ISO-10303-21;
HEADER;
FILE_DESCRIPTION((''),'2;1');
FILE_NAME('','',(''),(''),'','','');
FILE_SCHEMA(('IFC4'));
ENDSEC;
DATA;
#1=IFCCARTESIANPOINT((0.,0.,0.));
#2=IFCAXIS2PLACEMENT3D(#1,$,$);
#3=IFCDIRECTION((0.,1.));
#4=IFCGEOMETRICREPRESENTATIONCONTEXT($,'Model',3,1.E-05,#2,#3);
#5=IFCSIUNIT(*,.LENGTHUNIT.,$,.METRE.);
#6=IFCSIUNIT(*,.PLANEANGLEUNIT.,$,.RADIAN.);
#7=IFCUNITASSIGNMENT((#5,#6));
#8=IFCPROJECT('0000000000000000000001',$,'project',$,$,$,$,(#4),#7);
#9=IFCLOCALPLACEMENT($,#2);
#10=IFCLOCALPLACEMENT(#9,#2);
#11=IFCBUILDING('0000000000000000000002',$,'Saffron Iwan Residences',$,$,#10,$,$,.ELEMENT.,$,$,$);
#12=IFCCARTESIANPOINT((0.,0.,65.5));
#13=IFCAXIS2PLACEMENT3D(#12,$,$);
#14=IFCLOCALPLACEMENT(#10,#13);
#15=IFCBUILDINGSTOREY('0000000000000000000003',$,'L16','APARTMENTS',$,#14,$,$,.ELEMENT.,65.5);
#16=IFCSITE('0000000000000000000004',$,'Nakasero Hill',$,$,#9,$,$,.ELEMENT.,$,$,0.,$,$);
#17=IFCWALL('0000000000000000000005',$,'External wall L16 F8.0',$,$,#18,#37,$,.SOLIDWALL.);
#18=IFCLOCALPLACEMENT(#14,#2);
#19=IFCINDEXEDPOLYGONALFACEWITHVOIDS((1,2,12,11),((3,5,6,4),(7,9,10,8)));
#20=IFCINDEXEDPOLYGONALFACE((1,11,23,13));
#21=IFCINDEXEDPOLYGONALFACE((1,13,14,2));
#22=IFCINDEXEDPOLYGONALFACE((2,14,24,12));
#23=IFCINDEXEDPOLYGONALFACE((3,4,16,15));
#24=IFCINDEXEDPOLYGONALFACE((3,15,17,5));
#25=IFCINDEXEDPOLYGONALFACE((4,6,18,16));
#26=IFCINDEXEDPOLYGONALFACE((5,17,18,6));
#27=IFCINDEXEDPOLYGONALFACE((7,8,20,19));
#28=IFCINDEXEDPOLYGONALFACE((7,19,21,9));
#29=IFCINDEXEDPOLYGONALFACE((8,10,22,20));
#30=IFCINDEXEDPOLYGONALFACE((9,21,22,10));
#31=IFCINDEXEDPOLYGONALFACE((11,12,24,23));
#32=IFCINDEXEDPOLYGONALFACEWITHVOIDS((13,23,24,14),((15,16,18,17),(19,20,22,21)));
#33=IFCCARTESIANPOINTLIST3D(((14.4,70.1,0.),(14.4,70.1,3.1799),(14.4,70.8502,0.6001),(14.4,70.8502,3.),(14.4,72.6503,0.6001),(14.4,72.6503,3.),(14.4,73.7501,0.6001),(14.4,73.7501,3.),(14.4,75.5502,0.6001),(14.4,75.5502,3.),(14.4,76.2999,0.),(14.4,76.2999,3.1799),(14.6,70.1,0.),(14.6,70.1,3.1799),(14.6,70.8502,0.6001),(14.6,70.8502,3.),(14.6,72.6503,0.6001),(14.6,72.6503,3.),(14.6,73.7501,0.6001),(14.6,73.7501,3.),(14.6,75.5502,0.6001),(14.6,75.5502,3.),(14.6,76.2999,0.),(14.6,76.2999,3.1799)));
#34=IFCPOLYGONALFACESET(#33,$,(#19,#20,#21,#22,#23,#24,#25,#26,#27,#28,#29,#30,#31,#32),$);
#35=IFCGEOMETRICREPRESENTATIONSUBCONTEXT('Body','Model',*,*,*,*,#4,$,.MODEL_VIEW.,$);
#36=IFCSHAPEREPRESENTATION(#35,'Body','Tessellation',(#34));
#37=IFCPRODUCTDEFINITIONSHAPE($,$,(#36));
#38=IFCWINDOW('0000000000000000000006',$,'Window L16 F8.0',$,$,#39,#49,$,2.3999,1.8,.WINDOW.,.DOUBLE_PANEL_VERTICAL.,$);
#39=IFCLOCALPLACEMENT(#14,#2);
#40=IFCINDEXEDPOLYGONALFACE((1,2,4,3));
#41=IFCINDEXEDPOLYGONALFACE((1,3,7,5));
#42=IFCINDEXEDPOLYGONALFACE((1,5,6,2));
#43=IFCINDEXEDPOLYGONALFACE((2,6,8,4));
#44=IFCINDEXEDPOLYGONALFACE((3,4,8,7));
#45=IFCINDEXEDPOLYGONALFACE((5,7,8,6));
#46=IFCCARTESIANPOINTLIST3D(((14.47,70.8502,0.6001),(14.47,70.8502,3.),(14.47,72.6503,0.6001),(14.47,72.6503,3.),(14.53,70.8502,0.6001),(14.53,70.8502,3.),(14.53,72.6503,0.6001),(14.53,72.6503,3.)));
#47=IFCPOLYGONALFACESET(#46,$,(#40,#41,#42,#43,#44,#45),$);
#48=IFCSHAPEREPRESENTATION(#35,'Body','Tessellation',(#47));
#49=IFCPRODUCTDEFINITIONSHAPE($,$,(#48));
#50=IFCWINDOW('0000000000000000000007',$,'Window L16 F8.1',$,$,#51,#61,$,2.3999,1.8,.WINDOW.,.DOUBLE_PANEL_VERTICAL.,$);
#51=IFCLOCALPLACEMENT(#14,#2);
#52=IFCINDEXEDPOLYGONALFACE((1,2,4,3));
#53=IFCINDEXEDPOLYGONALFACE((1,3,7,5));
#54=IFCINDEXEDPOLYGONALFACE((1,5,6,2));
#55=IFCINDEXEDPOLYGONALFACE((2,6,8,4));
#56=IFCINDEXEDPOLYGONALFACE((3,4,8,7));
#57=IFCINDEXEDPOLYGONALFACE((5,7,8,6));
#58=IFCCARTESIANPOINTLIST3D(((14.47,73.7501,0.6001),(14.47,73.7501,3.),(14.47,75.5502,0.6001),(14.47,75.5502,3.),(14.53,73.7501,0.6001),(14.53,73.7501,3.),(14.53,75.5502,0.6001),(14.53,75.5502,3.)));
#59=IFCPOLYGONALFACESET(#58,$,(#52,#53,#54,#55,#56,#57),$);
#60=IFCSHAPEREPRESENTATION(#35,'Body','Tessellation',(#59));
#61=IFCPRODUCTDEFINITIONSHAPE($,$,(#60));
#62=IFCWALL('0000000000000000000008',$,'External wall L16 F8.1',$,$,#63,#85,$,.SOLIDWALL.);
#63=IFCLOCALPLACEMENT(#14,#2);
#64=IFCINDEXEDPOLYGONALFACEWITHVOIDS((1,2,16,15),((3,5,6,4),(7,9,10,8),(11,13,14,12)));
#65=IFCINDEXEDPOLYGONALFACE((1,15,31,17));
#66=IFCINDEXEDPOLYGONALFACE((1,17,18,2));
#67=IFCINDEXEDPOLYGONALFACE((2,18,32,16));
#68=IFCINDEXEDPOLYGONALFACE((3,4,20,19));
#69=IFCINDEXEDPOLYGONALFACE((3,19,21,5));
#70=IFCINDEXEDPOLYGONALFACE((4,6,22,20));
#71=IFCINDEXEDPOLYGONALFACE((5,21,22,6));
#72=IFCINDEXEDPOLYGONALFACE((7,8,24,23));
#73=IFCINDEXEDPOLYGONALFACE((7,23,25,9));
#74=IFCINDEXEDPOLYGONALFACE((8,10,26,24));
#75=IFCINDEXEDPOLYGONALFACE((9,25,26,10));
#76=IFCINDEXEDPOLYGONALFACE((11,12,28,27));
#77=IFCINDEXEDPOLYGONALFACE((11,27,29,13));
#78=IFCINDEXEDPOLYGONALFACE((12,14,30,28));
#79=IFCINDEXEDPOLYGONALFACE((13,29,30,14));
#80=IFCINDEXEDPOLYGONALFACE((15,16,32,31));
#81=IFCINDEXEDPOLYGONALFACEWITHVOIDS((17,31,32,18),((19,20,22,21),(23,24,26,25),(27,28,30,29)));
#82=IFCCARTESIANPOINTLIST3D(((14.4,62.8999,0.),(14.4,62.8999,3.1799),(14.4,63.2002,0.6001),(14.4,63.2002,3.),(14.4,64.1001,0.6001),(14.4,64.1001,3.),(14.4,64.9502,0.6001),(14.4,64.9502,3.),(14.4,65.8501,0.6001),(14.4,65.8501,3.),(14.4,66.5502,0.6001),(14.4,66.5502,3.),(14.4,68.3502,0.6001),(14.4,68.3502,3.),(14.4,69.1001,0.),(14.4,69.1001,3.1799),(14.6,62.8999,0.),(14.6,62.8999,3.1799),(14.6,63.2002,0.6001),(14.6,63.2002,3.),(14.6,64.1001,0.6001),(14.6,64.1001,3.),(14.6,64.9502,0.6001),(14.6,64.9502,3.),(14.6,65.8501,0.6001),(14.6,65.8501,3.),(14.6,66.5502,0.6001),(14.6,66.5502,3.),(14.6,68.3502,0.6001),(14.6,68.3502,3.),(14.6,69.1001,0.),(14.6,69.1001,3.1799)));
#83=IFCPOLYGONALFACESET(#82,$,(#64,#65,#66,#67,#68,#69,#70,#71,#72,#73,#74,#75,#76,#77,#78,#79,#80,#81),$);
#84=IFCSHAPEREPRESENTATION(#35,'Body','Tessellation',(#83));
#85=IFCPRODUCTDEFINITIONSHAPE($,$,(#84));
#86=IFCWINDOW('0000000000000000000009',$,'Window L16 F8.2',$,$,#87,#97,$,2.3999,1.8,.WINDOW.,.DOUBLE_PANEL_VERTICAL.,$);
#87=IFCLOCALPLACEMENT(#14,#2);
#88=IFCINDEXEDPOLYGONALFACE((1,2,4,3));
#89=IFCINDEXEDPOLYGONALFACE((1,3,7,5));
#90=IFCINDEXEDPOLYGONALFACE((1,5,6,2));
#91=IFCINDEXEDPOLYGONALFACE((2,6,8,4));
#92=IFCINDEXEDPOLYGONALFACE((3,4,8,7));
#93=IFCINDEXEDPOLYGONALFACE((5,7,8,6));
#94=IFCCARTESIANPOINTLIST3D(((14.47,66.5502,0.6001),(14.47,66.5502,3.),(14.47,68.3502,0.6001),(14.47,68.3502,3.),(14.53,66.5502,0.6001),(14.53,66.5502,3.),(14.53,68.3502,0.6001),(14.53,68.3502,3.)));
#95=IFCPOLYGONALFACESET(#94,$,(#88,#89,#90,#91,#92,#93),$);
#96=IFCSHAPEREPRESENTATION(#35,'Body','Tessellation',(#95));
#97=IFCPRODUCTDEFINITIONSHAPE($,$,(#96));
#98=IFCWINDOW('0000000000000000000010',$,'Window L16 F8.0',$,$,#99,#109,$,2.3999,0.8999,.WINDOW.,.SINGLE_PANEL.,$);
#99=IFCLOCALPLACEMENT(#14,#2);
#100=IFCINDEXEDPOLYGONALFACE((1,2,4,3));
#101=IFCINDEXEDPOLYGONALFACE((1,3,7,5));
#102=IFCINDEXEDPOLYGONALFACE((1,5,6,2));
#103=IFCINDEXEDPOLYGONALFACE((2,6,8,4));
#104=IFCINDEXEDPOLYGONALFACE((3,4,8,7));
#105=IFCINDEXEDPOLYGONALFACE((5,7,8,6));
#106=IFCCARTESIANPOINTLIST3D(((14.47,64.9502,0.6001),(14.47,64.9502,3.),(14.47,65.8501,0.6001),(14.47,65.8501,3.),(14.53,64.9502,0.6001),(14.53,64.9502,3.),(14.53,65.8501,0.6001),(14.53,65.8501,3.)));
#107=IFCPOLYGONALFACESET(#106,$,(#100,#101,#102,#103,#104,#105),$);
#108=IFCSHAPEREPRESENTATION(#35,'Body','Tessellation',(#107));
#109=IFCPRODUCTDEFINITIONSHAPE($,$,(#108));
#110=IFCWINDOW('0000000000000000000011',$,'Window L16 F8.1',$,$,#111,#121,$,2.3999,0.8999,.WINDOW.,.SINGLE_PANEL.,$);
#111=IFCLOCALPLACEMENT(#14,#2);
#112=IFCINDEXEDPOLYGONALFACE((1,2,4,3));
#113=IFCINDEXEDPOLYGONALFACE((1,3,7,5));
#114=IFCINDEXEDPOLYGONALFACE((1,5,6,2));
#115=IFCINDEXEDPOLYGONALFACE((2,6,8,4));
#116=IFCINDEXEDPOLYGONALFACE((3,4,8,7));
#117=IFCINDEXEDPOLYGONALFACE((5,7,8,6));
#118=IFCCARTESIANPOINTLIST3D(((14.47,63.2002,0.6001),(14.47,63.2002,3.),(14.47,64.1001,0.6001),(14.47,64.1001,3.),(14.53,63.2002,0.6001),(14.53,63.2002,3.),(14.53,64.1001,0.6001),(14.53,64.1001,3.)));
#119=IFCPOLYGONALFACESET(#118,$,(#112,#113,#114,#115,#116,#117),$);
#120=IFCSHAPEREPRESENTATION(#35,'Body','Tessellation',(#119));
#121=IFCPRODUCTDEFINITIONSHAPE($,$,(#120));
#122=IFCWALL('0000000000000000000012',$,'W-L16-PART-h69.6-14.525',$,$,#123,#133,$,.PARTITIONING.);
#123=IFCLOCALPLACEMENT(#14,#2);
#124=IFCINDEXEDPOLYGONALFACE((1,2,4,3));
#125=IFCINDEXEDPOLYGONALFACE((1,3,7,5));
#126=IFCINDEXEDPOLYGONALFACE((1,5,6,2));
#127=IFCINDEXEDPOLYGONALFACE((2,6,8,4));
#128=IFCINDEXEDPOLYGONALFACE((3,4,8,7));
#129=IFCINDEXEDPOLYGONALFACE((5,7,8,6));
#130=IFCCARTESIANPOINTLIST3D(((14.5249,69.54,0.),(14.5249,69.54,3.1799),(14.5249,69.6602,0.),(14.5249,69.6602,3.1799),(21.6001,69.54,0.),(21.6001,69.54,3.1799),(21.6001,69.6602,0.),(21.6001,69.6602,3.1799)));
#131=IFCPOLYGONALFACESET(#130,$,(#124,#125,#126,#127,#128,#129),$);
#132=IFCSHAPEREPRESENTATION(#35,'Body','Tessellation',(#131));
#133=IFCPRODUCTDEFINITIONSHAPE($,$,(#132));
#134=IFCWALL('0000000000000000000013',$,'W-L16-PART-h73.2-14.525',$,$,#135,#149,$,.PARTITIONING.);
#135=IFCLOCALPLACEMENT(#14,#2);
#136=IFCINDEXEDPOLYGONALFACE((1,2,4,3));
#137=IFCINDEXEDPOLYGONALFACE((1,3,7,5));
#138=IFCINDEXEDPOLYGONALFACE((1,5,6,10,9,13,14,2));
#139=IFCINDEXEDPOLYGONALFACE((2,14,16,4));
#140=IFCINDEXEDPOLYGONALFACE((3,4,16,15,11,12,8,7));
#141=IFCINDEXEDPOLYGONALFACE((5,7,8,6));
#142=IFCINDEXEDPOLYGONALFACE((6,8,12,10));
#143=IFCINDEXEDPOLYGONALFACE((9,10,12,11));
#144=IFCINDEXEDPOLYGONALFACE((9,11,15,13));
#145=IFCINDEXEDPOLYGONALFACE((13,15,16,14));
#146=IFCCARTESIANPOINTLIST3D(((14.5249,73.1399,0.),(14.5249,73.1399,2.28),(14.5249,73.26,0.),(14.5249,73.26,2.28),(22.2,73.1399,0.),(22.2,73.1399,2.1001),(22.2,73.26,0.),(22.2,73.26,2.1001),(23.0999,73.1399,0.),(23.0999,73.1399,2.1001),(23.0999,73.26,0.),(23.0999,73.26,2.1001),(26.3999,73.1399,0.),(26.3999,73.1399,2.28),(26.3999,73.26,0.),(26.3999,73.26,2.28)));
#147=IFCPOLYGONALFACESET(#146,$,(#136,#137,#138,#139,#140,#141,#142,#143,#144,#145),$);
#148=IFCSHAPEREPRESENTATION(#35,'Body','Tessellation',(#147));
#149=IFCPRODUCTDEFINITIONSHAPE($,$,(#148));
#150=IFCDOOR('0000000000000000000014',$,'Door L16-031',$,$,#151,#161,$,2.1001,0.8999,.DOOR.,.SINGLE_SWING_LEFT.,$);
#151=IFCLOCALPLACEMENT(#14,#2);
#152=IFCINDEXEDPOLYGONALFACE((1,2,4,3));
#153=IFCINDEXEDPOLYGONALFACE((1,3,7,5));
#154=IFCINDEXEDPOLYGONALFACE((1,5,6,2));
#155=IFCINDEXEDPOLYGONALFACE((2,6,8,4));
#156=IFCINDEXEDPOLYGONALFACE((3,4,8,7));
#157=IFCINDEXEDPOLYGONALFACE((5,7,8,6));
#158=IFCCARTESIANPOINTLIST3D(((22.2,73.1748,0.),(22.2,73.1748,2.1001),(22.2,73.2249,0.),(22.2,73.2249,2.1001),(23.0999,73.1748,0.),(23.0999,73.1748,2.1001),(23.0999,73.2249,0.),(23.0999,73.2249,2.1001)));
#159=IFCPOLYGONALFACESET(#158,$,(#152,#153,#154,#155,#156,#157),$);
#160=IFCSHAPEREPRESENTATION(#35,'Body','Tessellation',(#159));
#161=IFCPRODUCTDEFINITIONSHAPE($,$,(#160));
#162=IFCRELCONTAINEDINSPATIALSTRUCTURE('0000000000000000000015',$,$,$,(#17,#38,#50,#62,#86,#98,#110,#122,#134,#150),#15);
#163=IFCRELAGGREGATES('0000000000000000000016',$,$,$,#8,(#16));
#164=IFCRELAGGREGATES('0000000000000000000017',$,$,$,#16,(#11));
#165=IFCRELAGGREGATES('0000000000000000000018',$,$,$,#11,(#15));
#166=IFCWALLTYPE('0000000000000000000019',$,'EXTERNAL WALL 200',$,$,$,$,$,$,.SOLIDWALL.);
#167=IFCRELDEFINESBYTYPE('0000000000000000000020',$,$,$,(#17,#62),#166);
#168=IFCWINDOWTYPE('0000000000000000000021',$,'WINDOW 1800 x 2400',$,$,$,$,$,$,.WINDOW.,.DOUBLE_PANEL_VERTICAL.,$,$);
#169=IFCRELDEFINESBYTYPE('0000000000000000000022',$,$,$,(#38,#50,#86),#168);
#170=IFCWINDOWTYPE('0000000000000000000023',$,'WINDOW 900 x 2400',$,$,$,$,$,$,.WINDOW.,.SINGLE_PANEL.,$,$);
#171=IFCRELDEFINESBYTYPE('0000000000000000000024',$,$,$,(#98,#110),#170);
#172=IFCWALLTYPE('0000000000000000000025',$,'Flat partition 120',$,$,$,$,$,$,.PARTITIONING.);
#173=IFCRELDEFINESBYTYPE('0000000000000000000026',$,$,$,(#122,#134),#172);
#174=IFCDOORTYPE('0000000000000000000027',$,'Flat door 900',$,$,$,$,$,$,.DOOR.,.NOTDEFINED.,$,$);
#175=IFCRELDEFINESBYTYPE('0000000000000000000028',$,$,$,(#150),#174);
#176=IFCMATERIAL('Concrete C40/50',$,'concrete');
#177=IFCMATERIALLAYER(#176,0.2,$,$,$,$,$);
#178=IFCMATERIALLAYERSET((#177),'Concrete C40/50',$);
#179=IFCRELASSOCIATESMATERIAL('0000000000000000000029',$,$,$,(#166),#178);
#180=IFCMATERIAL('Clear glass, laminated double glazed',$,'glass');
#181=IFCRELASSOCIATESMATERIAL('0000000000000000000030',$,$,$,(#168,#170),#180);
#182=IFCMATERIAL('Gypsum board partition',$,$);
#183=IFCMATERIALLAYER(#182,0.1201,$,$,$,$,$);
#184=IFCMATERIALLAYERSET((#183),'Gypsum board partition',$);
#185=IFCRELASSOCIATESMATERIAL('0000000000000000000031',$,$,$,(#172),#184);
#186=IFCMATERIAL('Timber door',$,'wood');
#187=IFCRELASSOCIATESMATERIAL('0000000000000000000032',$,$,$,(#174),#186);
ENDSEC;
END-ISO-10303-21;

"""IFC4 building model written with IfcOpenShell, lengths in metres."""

from ifc_helpers import new_model, si_unit, direction, frame, frame_2d, origin, place, context, subcontext, project, spatial, rectangle, extrude, material, layer, layer_set, type_object, element, fill, save


model = new_model("IFC4")

# Units and contexts
model_context = context("Model", 3, precision=1e-05, world=origin(), true_north=direction((0.0, 1.0)))
body_context = subcontext(model_context, "Body", "Model", "MODEL_VIEW")
ifc_project = project(units=[si_unit("LENGTHUNIT", "METRE"), si_unit("PLANEANGLEUNIT", "RADIAN")], contexts=[model_context])

# Site, building, storey
site_placement = place(None, origin())
site = spatial("IfcSite", under=ifc_project, at=site_placement, Name="Nakasero Hill", CompositionType="ELEMENT", RefElevation=0.0)
building_placement = place(site_placement, origin())
building = spatial("IfcBuilding", under=site, at=building_placement, Name="Saffron Iwan Residences", CompositionType="ELEMENT")
storey_placement = place(building_placement, frame((0.0, 0.0, 65.5)))
storey = spatial("IfcBuildingStorey", under=building, at=storey_placement, Name="L16", Description="APARTMENTS", CompositionType="ELEMENT", Elevation=65.5)

# Shared definitions
ifc_material_1 = material(Name="Concrete C40/50", Category="concrete")
ifc_layer_1 = layer(ifc_material_1, 0.2)
ifc_layer_set_1 = layer_set([ifc_layer_1], Name="Concrete C40/50")
wall_type_1 = type_object("IfcWallType", Name="EXTERNAL WALL 200", PredefinedType="SOLIDWALL", material=ifc_layer_set_1)
ifc_material_2 = material(Name="Clear glass, laminated double glazed", Category="glass")
window_type_1 = type_object("IfcWindowType", Name="WINDOW 1800 x 2400", PartitioningType="DOUBLE_PANEL_VERTICAL", PredefinedType="WINDOW", material=ifc_material_2)

# Walls, openings, windows
wall_1_placement = place(storey_placement, frame((14.5, 76.3, 0.0), z_axis=(0.0, 0.0, 1.0), x_axis=(0.0, -1.0, 0.0)))
wall_1 = element("IfcWall", 1, at=wall_1_placement, inside=storey, type_object=wall_type_1, Name="External wall L16 F8.0", PredefinedType="SOLIDWALL", context=body_context, shape_type="SweptSolid", body=[
    extrude(rectangle(XDim=6.2, YDim=0.2, at=frame_2d((3.1001, 0.0))), origin(), (0.0, 0.0, 1.0), 3.1799),
])
opening_1_placement = place(wall_1_placement, frame((3.6499, 0.0, 0.6001)))
opening_1 = element("IfcOpeningElement", 2, at=opening_1_placement, cuts=wall_1, PredefinedType="OPENING", context=body_context, shape_type="SweptSolid", body=[
    extrude(rectangle(XDim=1.8, YDim=2.3999, at=frame_2d((0.8999, 1.2))), frame((0.0, 0.1099, 0.0), z_axis=(0.0, -1.0, 0.0), x_axis=(1.0, 0.0, 0.0)), (0.0, 0.0, 1.0), 0.22),
])
opening_2_placement = place(wall_1_placement, frame((0.75, 0.0, 0.6001)))
opening_2 = element("IfcOpeningElement", 3, at=opening_2_placement, cuts=wall_1, PredefinedType="OPENING", context=body_context, shape_type="SweptSolid", body=[
    extrude(rectangle(XDim=1.8, YDim=2.3999, at=frame_2d((0.8999, 1.2))), frame((0.0, 0.1099, 0.0), z_axis=(0.0, -1.0, 0.0), x_axis=(1.0, 0.0, 0.0)), (0.0, 0.0, 1.0), 0.22),
])
window_1_placement = place(opening_1_placement, origin())
window_1 = element("IfcWindow", 4, at=window_1_placement, inside=storey, type_object=window_type_1, Name="Window L16 F8.0", OverallHeight=2.3999, OverallWidth=1.8, PartitioningType="DOUBLE_PANEL_VERTICAL", PredefinedType="WINDOW", context=body_context, shape_type="SweptSolid", body=[
    extrude(rectangle(XDim=1.8, YDim=2.3999, at=frame_2d((0.8999, 1.2))), frame((0.0, 0.03, 0.0), z_axis=(0.0, -1.0, 0.0), x_axis=(1.0, 0.0, 0.0)), (0.0, 0.0, 1.0), 0.0601),
])
fill(opening_1, window_1)
window_2_placement = place(opening_2_placement, origin())
window_2 = element("IfcWindow", 5, at=window_2_placement, inside=storey, type_object=window_type_1, Name="Window L16 F8.1", OverallHeight=2.3999, OverallWidth=1.8, PartitioningType="DOUBLE_PANEL_VERTICAL", PredefinedType="WINDOW", context=body_context, shape_type="SweptSolid", body=[
    extrude(rectangle(XDim=1.8, YDim=2.3999, at=frame_2d((0.8999, 1.2))), frame((0.0, 0.03, 0.0), z_axis=(0.0, -1.0, 0.0), x_axis=(1.0, 0.0, 0.0)), (0.0, 0.0, 1.0), 0.0601),
])
fill(opening_2, window_2)
wall_2_placement = place(storey_placement, frame((14.5, 69.1001, 0.0), z_axis=(0.0, 0.0, 1.0), x_axis=(0.0, -1.0, 0.0)))
wall_2 = element("IfcWall", 6, at=wall_2_placement, inside=storey, type_object=wall_type_1, Name="External wall L16 F8.1", PredefinedType="SOLIDWALL", context=body_context, shape_type="SweptSolid", body=[
    extrude(rectangle(XDim=6.2002, YDim=0.2, at=frame_2d((3.1001, 0.0))), origin(), (0.0, 0.0, 1.0), 3.1799),
])
opening_3_placement = place(wall_2_placement, frame((3.25, 0.0, 0.6001)))
opening_3 = element("IfcOpeningElement", 7, at=opening_3_placement, cuts=wall_2, PredefinedType="OPENING", context=body_context, shape_type="SweptSolid", body=[
    extrude(rectangle(XDim=0.8999, YDim=2.3999, at=frame_2d((0.45, 1.2))), frame((0.0, 0.1099, 0.0), z_axis=(0.0, -1.0, 0.0), x_axis=(1.0, 0.0, 0.0)), (0.0, 0.0, 1.0), 0.22),
])
opening_4_placement = place(wall_2_placement, frame((5.0, 0.0, 0.6001)))
opening_4 = element("IfcOpeningElement", 8, at=opening_4_placement, cuts=wall_2, PredefinedType="OPENING", context=body_context, shape_type="SweptSolid", body=[
    extrude(rectangle(XDim=0.8999, YDim=2.3999, at=frame_2d((0.45, 1.2))), frame((0.0, 0.1099, 0.0), z_axis=(0.0, -1.0, 0.0), x_axis=(1.0, 0.0, 0.0)), (0.0, 0.0, 1.0), 0.22),
])
opening_5_placement = place(wall_2_placement, frame((0.75, 0.0, 0.6001)))
opening_5 = element("IfcOpeningElement", 9, at=opening_5_placement, cuts=wall_2, PredefinedType="OPENING", context=body_context, shape_type="SweptSolid", body=[
    extrude(rectangle(XDim=1.8, YDim=2.3999, at=frame_2d((0.8999, 1.2))), frame((0.0, 0.1099, 0.0), z_axis=(0.0, -1.0, 0.0), x_axis=(1.0, 0.0, 0.0)), (0.0, 0.0, 1.0), 0.22),
])
window_3_placement = place(opening_5_placement, origin())
window_3 = element("IfcWindow", 10, at=window_3_placement, inside=storey, type_object=window_type_1, Name="Window L16 F8.2", OverallHeight=2.3999, OverallWidth=1.8, PartitioningType="DOUBLE_PANEL_VERTICAL", PredefinedType="WINDOW", context=body_context, shape_type="SweptSolid", body=[
    extrude(rectangle(XDim=1.8, YDim=2.3999, at=frame_2d((0.8999, 1.2))), frame((0.0, 0.03, 0.0), z_axis=(0.0, -1.0, 0.0), x_axis=(1.0, 0.0, 0.0)), (0.0, 0.0, 1.0), 0.0601),
])
fill(opening_5, window_3)
window_type_2 = type_object("IfcWindowType", Name="WINDOW 900 x 2400", PartitioningType="SINGLE_PANEL", PredefinedType="WINDOW", material=ifc_material_2)
window_4_placement = place(opening_3_placement, origin())
window_4 = element("IfcWindow", 11, at=window_4_placement, inside=storey, type_object=window_type_2, Name="Window L16 F8.0", OverallHeight=2.3999, OverallWidth=0.8999, PartitioningType="SINGLE_PANEL", PredefinedType="WINDOW", context=body_context, shape_type="SweptSolid", body=[
    extrude(rectangle(XDim=0.8999, YDim=2.3999, at=frame_2d((0.45, 1.2))), frame((0.0, 0.03, 0.0), z_axis=(0.0, -1.0, 0.0), x_axis=(1.0, 0.0, 0.0)), (0.0, 0.0, 1.0), 0.0601),
])
fill(opening_3, window_4)
window_5_placement = place(opening_4_placement, origin())
window_5 = element("IfcWindow", 12, at=window_5_placement, inside=storey, type_object=window_type_2, Name="Window L16 F8.1", OverallHeight=2.3999, OverallWidth=0.8999, PartitioningType="SINGLE_PANEL", PredefinedType="WINDOW", context=body_context, shape_type="SweptSolid", body=[
    extrude(rectangle(XDim=0.8999, YDim=2.3999, at=frame_2d((0.45, 1.2))), frame((0.0, 0.03, 0.0), z_axis=(0.0, -1.0, 0.0), x_axis=(1.0, 0.0, 0.0)), (0.0, 0.0, 1.0), 0.0601),
])
fill(opening_4, window_5)

# Wall
ifc_material_3 = material(Name="Gypsum board partition")
ifc_layer_2 = layer(ifc_material_3, 0.1201)
ifc_layer_set_2 = layer_set([ifc_layer_2], Name="Gypsum board partition")
wall_type_2 = type_object("IfcWallType", Name="Flat partition 120", PredefinedType="PARTITIONING", material=ifc_layer_set_2)
wall_3_placement = place(storey_placement, frame((14.5249, 69.6001, 0.0), z_axis=(0.0, 0.0, 1.0), x_axis=(1.0, 0.0, 0.0)))
element("IfcWall", 13, at=wall_3_placement, inside=storey, type_object=wall_type_2, Name="W-L16-PART-h69.6-14.525", PredefinedType="PARTITIONING", context=body_context, shape_type="SweptSolid", body=[
    extrude(rectangle(XDim=7.0752, YDim=0.1201, at=frame_2d((3.5376, 0.0))), origin(), (0.0, 0.0, 1.0), 3.1799),
])

# Wall, opening, door
wall_4_placement = place(storey_placement, frame((14.5249, 73.2, 0.0), z_axis=(0.0, 0.0, 1.0), x_axis=(1.0, 0.0, 0.0)))
wall_4 = element("IfcWall", 14, at=wall_4_placement, inside=storey, type_object=wall_type_2, Name="W-L16-PART-h73.2-14.525", PredefinedType="PARTITIONING", context=body_context, shape_type="SweptSolid", body=[
    extrude(rectangle(XDim=11.875, YDim=0.1201, at=frame_2d((5.9375, 0.0))), origin(), (0.0, 0.0, 1.0), 2.28),
])
opening_6_placement = place(wall_4_placement, frame((7.675, 0.0, 0.0)))
opening_6 = element("IfcOpeningElement", 15, at=opening_6_placement, cuts=wall_4, PredefinedType="OPENING", context=body_context, shape_type="SweptSolid", body=[
    extrude(rectangle(XDim=0.8999, YDim=2.1001, at=frame_2d((0.45, 1.05))), frame((0.0, 0.0701, 0.0), z_axis=(0.0, -1.0, 0.0), x_axis=(1.0, 0.0, 0.0)), (0.0, 0.0, 1.0), 0.1401),
])
ifc_material_4 = material(Name="Timber door", Category="wood")
door_type = type_object("IfcDoorType", Name="Flat door 900", OperationType="NOTDEFINED", PredefinedType="DOOR", material=ifc_material_4)
door_placement = place(opening_6_placement, origin())
door = element("IfcDoor", 16, at=door_placement, inside=storey, type_object=door_type, Name="Door L16-031", OperationType="SINGLE_SWING_LEFT", OverallHeight=2.1001, OverallWidth=0.8999, PredefinedType="DOOR", context=body_context, shape_type="SweptSolid", body=[
    extrude(rectangle(XDim=0.8999, YDim=2.1001, at=frame_2d((0.45, 1.05))), frame((0.0, 0.0249, 0.0), z_axis=(0.0, -1.0, 0.0), x_axis=(1.0, 0.0, 0.0)), (0.0, 0.0, 1.0), 0.05),
])
fill(opening_6, door)

save(model, "model.ifc")
